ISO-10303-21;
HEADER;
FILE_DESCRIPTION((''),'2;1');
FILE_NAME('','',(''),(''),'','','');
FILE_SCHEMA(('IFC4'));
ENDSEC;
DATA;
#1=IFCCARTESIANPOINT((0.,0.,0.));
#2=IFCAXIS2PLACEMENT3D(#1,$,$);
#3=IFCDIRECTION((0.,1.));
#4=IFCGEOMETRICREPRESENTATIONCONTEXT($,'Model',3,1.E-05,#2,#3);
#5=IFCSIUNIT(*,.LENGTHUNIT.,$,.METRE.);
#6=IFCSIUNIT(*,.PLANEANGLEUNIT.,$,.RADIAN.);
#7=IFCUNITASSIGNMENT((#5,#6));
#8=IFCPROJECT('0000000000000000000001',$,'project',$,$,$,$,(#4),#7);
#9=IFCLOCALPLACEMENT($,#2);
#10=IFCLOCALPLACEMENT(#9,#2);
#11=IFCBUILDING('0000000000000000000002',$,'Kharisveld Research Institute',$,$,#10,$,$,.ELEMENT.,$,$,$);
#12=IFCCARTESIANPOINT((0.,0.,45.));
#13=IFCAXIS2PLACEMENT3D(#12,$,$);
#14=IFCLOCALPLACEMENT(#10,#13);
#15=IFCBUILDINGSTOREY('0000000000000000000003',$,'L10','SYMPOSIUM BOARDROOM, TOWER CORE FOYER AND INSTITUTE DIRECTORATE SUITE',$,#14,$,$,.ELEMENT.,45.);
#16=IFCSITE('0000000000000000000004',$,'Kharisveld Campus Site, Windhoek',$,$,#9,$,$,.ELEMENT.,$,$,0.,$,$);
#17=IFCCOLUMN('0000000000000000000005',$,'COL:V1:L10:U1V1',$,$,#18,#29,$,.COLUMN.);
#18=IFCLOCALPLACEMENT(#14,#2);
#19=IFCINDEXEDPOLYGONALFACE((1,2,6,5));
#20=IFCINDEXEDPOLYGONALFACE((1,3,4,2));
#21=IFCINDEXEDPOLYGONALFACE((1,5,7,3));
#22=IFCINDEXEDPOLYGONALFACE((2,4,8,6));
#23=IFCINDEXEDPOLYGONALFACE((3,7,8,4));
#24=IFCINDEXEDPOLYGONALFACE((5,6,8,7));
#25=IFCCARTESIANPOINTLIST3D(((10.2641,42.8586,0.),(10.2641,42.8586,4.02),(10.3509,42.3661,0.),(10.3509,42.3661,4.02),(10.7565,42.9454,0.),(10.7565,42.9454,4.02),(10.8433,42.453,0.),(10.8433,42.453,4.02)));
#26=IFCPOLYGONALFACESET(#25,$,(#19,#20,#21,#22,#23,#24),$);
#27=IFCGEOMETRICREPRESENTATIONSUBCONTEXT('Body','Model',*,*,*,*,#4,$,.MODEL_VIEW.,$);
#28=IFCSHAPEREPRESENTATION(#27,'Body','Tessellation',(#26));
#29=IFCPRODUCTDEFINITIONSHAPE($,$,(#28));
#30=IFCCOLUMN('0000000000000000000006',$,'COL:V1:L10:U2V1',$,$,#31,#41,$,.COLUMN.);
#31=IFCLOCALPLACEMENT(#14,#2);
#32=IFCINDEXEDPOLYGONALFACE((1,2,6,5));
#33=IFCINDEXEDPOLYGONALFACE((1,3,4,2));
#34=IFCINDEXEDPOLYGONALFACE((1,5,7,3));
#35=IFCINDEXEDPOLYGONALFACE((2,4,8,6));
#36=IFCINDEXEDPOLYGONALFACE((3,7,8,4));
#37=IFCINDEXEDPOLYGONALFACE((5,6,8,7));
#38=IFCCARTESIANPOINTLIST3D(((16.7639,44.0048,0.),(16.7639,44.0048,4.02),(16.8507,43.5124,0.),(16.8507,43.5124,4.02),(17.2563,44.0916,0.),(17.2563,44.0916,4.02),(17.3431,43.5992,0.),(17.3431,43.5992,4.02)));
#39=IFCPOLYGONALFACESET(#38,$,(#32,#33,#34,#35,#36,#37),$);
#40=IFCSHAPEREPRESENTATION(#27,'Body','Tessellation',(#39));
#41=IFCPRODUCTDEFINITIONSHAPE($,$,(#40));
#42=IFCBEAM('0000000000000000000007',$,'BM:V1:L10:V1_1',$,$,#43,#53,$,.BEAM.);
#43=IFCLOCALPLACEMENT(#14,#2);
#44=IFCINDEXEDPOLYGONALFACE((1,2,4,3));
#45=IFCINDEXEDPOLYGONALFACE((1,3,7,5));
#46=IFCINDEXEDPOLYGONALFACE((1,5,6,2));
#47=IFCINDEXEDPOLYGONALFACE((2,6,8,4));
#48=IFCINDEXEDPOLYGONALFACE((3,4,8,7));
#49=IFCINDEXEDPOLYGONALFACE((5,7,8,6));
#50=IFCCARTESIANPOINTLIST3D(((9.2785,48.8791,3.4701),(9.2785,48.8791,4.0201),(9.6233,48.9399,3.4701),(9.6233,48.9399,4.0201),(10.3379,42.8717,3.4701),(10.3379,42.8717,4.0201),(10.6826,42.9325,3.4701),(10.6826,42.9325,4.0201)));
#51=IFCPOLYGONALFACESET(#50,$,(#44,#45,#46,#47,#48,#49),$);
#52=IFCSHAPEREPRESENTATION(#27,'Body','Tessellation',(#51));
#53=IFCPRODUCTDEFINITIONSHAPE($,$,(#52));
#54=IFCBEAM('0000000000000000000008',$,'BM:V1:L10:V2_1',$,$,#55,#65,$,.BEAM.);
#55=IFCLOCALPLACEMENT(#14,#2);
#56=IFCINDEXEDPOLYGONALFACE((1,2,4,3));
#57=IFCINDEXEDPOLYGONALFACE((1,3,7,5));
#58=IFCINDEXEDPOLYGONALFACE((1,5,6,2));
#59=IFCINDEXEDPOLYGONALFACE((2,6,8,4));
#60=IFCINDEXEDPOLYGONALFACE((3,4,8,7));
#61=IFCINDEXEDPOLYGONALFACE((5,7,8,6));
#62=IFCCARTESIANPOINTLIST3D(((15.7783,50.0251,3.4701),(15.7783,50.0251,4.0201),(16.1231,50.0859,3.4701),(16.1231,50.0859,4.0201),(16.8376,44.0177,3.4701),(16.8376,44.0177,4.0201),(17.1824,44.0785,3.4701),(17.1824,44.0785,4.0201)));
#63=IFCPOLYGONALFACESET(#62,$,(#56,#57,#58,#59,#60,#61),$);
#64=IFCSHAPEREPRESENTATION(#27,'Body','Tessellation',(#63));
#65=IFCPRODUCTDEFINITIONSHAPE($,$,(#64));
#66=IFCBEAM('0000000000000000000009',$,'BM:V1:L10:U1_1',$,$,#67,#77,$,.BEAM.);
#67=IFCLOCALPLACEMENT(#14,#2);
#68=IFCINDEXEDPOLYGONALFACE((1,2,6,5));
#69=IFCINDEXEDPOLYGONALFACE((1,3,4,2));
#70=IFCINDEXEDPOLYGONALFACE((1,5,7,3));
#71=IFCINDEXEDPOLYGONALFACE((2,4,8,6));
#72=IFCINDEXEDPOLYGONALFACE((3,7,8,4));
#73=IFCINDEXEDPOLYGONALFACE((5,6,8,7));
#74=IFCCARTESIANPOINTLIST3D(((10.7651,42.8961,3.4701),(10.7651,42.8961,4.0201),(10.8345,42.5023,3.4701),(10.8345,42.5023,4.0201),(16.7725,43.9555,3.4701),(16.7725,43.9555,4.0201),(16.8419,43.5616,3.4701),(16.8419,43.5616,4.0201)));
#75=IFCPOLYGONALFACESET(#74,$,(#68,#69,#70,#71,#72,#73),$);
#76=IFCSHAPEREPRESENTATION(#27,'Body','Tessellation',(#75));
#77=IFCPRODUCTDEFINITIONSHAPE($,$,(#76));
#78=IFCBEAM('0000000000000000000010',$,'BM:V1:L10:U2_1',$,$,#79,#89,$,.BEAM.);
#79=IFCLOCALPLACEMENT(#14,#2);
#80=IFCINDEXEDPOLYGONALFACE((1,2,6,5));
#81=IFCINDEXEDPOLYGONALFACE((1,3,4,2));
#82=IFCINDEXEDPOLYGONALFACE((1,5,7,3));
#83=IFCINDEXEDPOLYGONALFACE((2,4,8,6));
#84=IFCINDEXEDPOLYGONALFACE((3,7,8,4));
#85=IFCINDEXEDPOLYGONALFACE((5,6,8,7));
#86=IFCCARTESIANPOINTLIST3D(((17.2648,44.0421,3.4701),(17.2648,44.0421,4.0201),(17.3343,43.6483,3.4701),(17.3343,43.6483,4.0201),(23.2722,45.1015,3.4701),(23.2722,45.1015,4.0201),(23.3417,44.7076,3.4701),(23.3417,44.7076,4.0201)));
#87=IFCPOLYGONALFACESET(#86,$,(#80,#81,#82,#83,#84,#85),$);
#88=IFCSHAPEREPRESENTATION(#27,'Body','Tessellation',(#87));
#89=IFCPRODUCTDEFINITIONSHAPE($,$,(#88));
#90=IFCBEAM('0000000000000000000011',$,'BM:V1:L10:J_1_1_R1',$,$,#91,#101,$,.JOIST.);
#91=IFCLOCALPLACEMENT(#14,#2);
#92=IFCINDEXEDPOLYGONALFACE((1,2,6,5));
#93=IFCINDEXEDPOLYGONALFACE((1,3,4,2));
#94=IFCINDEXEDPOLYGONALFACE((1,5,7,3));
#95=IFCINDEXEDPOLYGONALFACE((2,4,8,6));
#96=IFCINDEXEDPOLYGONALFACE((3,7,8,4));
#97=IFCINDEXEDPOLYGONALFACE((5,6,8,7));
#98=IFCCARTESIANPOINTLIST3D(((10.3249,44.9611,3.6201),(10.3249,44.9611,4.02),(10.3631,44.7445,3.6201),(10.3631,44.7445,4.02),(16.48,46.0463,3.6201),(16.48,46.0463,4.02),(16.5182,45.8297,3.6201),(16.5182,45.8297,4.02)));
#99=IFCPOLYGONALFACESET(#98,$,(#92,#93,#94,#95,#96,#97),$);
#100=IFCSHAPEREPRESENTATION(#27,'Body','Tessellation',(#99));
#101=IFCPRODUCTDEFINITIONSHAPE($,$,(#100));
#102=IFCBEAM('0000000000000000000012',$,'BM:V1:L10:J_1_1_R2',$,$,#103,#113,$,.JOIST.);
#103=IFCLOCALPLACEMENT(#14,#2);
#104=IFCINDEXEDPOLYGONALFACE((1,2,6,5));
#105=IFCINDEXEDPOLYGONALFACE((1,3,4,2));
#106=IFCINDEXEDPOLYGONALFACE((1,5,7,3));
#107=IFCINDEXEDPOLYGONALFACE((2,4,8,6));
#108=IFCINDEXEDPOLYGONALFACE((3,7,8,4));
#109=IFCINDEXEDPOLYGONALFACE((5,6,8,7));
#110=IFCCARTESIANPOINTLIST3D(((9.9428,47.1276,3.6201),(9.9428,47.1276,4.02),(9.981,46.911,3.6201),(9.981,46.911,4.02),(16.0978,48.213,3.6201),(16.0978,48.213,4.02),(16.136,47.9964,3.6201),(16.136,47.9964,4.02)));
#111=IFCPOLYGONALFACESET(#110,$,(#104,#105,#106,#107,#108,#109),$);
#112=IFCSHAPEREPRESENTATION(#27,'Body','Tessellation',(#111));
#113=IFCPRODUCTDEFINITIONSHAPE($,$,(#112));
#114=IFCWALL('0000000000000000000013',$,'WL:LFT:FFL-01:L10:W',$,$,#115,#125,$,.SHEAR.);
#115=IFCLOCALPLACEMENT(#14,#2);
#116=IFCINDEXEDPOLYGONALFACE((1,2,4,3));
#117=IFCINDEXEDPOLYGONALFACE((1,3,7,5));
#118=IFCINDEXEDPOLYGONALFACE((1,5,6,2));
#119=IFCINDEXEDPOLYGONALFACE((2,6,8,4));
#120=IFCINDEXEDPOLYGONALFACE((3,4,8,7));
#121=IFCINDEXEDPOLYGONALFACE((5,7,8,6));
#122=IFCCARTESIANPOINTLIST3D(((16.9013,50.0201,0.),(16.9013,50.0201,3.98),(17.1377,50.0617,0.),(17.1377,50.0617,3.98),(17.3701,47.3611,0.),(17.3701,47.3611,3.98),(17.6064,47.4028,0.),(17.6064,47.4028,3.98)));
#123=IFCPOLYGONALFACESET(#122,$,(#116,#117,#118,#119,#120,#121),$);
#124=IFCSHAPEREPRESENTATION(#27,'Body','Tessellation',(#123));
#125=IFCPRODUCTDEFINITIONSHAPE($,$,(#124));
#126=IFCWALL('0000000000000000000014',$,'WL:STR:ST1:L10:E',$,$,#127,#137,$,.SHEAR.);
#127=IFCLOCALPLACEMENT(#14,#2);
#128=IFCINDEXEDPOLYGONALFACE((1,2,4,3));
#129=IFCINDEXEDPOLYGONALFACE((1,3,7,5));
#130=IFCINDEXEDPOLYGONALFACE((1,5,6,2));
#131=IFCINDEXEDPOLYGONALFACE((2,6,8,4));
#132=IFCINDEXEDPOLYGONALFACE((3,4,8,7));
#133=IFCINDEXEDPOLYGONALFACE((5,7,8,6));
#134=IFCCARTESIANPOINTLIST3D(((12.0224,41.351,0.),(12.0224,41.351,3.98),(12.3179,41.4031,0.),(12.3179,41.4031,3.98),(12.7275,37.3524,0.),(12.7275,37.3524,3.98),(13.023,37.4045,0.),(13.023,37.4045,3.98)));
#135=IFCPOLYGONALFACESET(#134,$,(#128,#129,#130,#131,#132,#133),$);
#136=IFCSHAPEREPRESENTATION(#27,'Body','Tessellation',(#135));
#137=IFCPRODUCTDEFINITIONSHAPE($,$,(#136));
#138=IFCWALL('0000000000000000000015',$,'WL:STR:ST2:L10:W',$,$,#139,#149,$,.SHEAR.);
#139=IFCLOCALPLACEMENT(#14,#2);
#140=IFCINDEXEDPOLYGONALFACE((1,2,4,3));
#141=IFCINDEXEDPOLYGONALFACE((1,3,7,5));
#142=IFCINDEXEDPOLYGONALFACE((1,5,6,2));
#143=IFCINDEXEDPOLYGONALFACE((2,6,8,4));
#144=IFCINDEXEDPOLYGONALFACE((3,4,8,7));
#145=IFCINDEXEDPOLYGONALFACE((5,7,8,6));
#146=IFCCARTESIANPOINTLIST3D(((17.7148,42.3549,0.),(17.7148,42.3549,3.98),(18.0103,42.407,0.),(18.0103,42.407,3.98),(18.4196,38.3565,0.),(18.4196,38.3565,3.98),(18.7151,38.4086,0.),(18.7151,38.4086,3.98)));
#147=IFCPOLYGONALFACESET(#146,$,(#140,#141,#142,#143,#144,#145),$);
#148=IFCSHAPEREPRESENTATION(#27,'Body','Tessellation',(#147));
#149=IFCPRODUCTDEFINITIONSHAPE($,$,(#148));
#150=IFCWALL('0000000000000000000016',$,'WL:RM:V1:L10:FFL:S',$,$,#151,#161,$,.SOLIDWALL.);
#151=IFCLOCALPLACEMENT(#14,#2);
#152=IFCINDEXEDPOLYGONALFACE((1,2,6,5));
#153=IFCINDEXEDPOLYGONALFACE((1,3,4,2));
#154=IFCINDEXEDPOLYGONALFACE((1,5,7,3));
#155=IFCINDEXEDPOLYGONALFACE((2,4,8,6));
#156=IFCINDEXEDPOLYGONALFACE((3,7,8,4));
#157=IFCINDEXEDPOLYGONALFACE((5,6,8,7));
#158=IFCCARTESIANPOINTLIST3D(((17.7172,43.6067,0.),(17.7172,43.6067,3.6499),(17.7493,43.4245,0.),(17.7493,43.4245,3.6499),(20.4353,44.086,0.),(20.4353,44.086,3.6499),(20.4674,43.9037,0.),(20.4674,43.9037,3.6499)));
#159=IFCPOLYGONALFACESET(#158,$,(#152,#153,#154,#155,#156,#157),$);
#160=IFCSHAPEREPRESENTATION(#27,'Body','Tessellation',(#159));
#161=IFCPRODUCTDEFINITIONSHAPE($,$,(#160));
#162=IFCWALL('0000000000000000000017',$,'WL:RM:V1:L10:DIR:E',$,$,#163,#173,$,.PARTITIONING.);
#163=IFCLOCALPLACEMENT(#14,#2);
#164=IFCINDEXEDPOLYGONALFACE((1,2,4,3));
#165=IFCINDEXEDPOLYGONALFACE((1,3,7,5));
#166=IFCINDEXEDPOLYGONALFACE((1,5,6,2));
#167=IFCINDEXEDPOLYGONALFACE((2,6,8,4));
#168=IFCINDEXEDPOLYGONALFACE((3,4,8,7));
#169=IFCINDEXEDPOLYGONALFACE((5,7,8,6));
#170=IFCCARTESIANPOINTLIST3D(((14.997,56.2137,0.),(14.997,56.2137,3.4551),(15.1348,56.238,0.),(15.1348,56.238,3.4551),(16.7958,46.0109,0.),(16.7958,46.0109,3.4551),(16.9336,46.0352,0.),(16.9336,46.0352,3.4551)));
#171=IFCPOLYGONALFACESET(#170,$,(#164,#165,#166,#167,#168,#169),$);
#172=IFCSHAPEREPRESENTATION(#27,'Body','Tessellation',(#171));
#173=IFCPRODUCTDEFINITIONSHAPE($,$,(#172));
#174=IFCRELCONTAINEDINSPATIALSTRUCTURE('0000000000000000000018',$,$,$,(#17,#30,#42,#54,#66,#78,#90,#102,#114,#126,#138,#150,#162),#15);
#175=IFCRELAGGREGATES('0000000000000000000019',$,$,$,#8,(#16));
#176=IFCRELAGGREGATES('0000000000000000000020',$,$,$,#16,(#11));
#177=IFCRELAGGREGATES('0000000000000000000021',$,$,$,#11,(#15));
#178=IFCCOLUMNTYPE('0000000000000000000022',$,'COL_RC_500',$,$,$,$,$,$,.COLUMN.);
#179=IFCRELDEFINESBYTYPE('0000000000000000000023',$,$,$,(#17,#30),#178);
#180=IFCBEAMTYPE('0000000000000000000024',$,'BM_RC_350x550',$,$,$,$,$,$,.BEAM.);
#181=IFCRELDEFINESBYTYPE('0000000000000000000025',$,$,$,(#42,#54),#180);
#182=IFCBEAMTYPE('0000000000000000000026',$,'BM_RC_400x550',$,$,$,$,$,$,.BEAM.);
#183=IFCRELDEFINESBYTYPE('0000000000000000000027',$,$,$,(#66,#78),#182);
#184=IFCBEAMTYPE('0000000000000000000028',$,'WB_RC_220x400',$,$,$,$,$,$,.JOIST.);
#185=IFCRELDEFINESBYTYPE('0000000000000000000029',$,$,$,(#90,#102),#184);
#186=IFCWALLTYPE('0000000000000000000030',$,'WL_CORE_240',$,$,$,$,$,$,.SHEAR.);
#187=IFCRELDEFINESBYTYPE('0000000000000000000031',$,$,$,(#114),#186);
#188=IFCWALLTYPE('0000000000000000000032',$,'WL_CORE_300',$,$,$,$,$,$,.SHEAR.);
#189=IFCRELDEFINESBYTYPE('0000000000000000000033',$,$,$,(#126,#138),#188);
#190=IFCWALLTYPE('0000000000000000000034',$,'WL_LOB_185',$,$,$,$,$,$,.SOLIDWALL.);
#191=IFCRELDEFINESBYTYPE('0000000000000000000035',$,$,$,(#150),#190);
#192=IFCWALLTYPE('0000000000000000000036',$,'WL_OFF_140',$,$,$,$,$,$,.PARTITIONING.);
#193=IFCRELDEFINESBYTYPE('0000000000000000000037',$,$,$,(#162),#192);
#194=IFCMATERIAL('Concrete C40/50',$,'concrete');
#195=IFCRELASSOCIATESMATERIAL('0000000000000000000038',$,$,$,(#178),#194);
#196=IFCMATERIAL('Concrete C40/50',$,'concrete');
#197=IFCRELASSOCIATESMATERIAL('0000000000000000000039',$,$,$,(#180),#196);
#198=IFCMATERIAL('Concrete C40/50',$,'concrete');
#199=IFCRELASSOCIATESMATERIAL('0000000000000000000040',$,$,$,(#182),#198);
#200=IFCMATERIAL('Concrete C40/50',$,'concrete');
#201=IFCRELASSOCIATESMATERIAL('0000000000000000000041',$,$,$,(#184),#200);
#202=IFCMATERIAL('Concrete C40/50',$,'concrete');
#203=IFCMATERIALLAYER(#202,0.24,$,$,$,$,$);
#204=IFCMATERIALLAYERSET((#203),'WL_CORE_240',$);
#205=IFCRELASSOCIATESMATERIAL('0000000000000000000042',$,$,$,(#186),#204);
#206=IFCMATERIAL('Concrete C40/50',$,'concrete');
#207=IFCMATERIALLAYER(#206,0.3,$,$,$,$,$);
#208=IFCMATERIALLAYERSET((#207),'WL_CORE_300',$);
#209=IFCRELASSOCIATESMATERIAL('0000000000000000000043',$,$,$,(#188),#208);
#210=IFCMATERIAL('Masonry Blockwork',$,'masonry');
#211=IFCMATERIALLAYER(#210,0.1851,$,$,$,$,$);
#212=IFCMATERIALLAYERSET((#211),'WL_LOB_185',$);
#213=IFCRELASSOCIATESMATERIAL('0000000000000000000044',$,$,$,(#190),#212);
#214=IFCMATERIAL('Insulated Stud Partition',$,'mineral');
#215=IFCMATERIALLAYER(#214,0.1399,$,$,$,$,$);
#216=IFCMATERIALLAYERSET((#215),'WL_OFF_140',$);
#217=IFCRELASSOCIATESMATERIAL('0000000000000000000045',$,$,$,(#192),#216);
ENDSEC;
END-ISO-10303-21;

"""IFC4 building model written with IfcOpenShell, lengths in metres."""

from ifc_helpers import new_model, si_unit, direction, frame, frame_2d, origin, origin_2d, place, context, subcontext, project, spatial, rectangle, extrude, material, layer, layer_set, material_profile, profile_set, type_object, element, save


model = new_model("IFC4")

# Units and contexts
model_context = context("Model", 3, precision=1e-05, world=origin(), true_north=direction((0.0, 1.0)))
body_context = subcontext(model_context, "Body", "Model", "MODEL_VIEW")
ifc_project = project(units=[si_unit("LENGTHUNIT", "METRE"), si_unit("PLANEANGLEUNIT", "RADIAN")], contexts=[model_context])

# Site, building, storey
site_placement = place(None, origin())
site = spatial("IfcSite", under=ifc_project, at=site_placement, Name="Kharisveld Campus Site, Windhoek", CompositionType="ELEMENT", RefElevation=0.0)
building_placement = place(site_placement, origin())
building = spatial("IfcBuilding", under=site, at=building_placement, Name="Kharisveld Research Institute", CompositionType="ELEMENT")
storey_placement = place(building_placement, frame((0.0, 0.0, 45.0)))
storey = spatial("IfcBuildingStorey", under=building, at=storey_placement, Name="L10", Description="SYMPOSIUM BOARDROOM, TOWER CORE FOYER AND INSTITUTE DIRECTORATE SUITE", CompositionType="ELEMENT", Elevation=45.0)

# Columns
ifc_material_1 = material(Name="Concrete C40/50", Category="concrete")
ifc_material_profile_1 = material_profile(ifc_material_1, rectangle(XDim=0.5, YDim=0.5, at=origin_2d()))
ifc_profile_set_1 = profile_set([ifc_material_profile_1], Name="Concrete C40/50")
column_type = type_object("IfcColumnType", Name="COL_RC_500", PredefinedType="COLUMN", material=ifc_profile_set_1)
for number, where, z_axis, x_axis, name in (
    (1, (10.5537, 42.6558, 0.0), (0.0, 0.0, 1.0), (0.984808, 0.173648, 0.0), "COL:V1:L10:U1V1"),
    (2, (17.0535, 43.802, 0.0), (0.0, 0.0, 1.0), (0.984808, 0.173648, 0.0), "COL:V1:L10:U2V1"),
):
    element("IfcColumn", number, at=place(storey_placement, frame(where, z_axis=z_axis, x_axis=x_axis)), inside=storey, type_object=column_type, Name=name, PredefinedType="COLUMN", context=body_context, shape_type="SweptSolid", body=[
        extrude(rectangle(XDim=0.5, YDim=0.5, at=origin_2d()), origin(), (0.0, 0.0, 1.0), 4.02),
    ])

# Beams
ifc_material_2 = material(Name="Concrete C40/50", Category="concrete")
ifc_material_profile_2 = material_profile(ifc_material_2, rectangle(XDim=0.3501, YDim=0.55, at=origin_2d()))
ifc_profile_set_2 = profile_set([ifc_material_profile_2], Name="Concrete C40/50")
beam_type_1 = type_object("IfcBeamType", Name="BM_RC_350x550", PredefinedType="BEAM", material=ifc_profile_set_2)
for number, where, z_axis, x_axis, name in (
    (3, (10.5103, 42.9021, 3.7451), (-0.17366, 0.984806, 0.0), (-0.984806, -0.17366, 0.0), "BM:V1:L10:V1_1"),
    (4, (17.01, 44.0481, 3.7451), (-0.17366, 0.984806, 0.0), (-0.984806, -0.17366, 0.0), "BM:V1:L10:V2_1"),
):
    element("IfcBeam", number, at=place(storey_placement, frame(where, z_axis=z_axis, x_axis=x_axis)), inside=storey, type_object=beam_type_1, Name=name, PredefinedType="BEAM", context=body_context, shape_type="SweptSolid", body=[
        extrude(rectangle(XDim=0.3501, YDim=0.55, at=origin_2d()), origin(), (0.0, 0.0, 1.0), 6.1001),
    ])
ifc_material_3 = material(Name="Concrete C40/50", Category="concrete")
ifc_material_profile_3 = material_profile(ifc_material_3, rectangle(XDim=0.3999, YDim=0.55, at=origin_2d()))
ifc_profile_set_3 = profile_set([ifc_material_profile_3], Name="Concrete C40/50")
beam_type_2 = type_object("IfcBeamType", Name="BM_RC_400x550", PredefinedType="BEAM", material=ifc_profile_set_3)
for number, where, z_axis, x_axis, name in (
    (5, (10.7998, 42.6992, 3.7451), (0.984806, 0.17366, 0.0), (-0.17366, 0.984806, 0.0), "BM:V1:L10:U1_1"),
    (6, (17.2996, 43.8452, 3.7451), (0.984806, 0.17366, 0.0), (-0.17366, 0.984806, 0.0), "BM:V1:L10:U2_1"),
):
    element("IfcBeam", number, at=place(storey_placement, frame(where, z_axis=z_axis, x_axis=x_axis)), inside=storey, type_object=beam_type_2, Name=name, PredefinedType="BEAM", context=body_context, shape_type="SweptSolid", body=[
        extrude(rectangle(XDim=0.3999, YDim=0.55, at=origin_2d()), origin(), (0.0, 0.0, 1.0), 6.1001),
    ])
ifc_material_4 = material(Name="Concrete C40/50", Category="concrete")
ifc_material_profile_4 = material_profile(ifc_material_4, rectangle(XDim=0.22, YDim=0.3999, at=origin_2d()))
ifc_profile_set_4 = profile_set([ifc_material_profile_4], Name="Concrete C40/50")
beam_type_3 = type_object("IfcBeamType", Name="WB_RC_220x400", PredefinedType="JOIST", material=ifc_profile_set_4)
for number, where, z_axis, x_axis, name in (
    (7, (10.344, 44.8528, 3.8201), (0.98481, 0.173634, 0.0), (-0.173634, 0.98481, 0.0), "BM:V1:L10:J_1_1_R1"),
    (8, (9.9619, 47.0193, 3.8201), (0.984804, 0.173672, 0.0), (-0.173672, 0.984804, 0.0), "BM:V1:L10:J_1_1_R2"),
):
    element("IfcBeam", number, at=place(storey_placement, frame(where, z_axis=z_axis, x_axis=x_axis)), inside=storey, type_object=beam_type_3, Name=name, PredefinedType="JOIST", context=body_context, shape_type="SweptSolid", body=[
        extrude(rectangle(XDim=0.22, YDim=0.3999, at=origin_2d()), origin(), (0.0, 0.0, 1.0), 6.25),
    ])

# Wall
ifc_material_5 = material(Name="Concrete C40/50", Category="concrete")
ifc_layer_1 = layer(ifc_material_5, 0.24)
ifc_layer_set_1 = layer_set([ifc_layer_1], Name="WL_CORE_240")
wall_type_1 = type_object("IfcWallType", Name="WL_CORE_240", PredefinedType="SHEAR", material=ifc_layer_set_1)
wall_1_placement = place(storey_placement, frame((17.4883, 47.3818, 0.0), z_axis=(0.0, 0.0, 1.0), x_axis=(-0.173615, 0.984814, 0.0)))
element("IfcWall", 9, at=wall_1_placement, inside=storey, type_object=wall_type_1, Name="WL:LFT:FFL-01:L10:W", PredefinedType="SHEAR", context=body_context, shape_type="SweptSolid", body=[
    extrude(rectangle(XDim=2.7, YDim=0.24, at=frame_2d((1.3501, 0.0))), origin(), (0.0, 0.0, 1.0), 3.98),
])

# Walls
ifc_material_6 = material(Name="Concrete C40/50", Category="concrete")
ifc_layer_2 = layer(ifc_material_6, 0.3)
ifc_layer_set_2 = layer_set([ifc_layer_2], Name="WL_CORE_300")
wall_type_2 = type_object("IfcWallType", Name="WL_CORE_300", PredefinedType="SHEAR", material=ifc_layer_set_2)
wall_2_placement = place(storey_placement, frame((12.1702, 41.3772, 0.0), z_axis=(0.0, 0.0, 1.0), x_axis=(0.173655, -0.984807, 0.0)))
element("IfcWall", 10, at=wall_2_placement, inside=storey, type_object=wall_type_2, Name="WL:STR:ST1:L10:E", PredefinedType="SHEAR", context=body_context, shape_type="SweptSolid", body=[
    extrude(rectangle(XDim=4.0603, YDim=0.3, at=frame_2d((2.0303, 0.0))), origin(), (0.0, 0.0, 1.0), 3.98),
])
wall_3_placement = place(storey_placement, frame((18.5674, 38.3826, 0.0), z_axis=(0.0, 0.0, 1.0), x_axis=(-0.173607, 0.984815, 0.0)))
element("IfcWall", 11, at=wall_3_placement, inside=storey, type_object=wall_type_2, Name="WL:STR:ST2:L10:W", PredefinedType="SHEAR", context=body_context, shape_type="SweptSolid", body=[
    extrude(rectangle(XDim=4.0601, YDim=0.3, at=frame_2d((2.03, 0.0))), origin(), (0.0, 0.0, 1.0), 3.98),
])

# Wall
ifc_material_7 = material(Name="Masonry Blockwork", Category="masonry")
ifc_layer_3 = layer(ifc_material_7, 0.1851)
ifc_layer_set_3 = layer_set([ifc_layer_3], Name="WL_LOB_185")
wall_type_3 = type_object("IfcWallType", Name="WL_LOB_185", PredefinedType="SOLIDWALL", material=ifc_layer_set_3)
wall_4_placement = place(storey_placement, frame((17.7334, 43.5156, 0.0), z_axis=(0.0, 0.0, 1.0), x_axis=(0.984808, 0.173644, 0.0)))
element("IfcWall", 12, at=wall_4_placement, inside=storey, type_object=wall_type_3, Name="WL:RM:V1:L10:FFL:S", PredefinedType="SOLIDWALL", context=body_context, shape_type="SweptSolid", body=[
    extrude(rectangle(XDim=2.76, YDim=0.1851, at=frame_2d((1.3799, 0.0))), origin(), (0.0, 0.0, 1.0), 3.6499),
])

# Shared definitions
ifc_material_8 = material(Name="Insulated Stud Partition", Category="mineral")
ifc_layer_4 = layer(ifc_material_8, 0.1399)
ifc_layer_set_4 = layer_set([ifc_layer_4], Name="WL_OFF_140")
wall_type_4 = type_object("IfcWallType", Name="WL_OFF_140", PredefinedType="PARTITIONING", material=ifc_layer_set_4)

# Wall
wall_5_placement = place(storey_placement, frame((16.8647, 46.0229, 0.0), z_axis=(0.0, 0.0, 1.0), x_axis=(-0.173632, 0.984811, 0.0)))
element("IfcWall", 13, at=wall_5_placement, inside=storey, type_object=wall_type_4, Name="WL:RM:V1:L10:DIR:E", PredefinedType="PARTITIONING", context=body_context, shape_type="SweptSolid", body=[
    extrude(rectangle(XDim=10.3601, YDim=0.1399, at=frame_2d((5.1802, 0.0))), origin(), (0.0, 0.0, 1.0), 3.4551),
])

save(model, "model.ifc")
